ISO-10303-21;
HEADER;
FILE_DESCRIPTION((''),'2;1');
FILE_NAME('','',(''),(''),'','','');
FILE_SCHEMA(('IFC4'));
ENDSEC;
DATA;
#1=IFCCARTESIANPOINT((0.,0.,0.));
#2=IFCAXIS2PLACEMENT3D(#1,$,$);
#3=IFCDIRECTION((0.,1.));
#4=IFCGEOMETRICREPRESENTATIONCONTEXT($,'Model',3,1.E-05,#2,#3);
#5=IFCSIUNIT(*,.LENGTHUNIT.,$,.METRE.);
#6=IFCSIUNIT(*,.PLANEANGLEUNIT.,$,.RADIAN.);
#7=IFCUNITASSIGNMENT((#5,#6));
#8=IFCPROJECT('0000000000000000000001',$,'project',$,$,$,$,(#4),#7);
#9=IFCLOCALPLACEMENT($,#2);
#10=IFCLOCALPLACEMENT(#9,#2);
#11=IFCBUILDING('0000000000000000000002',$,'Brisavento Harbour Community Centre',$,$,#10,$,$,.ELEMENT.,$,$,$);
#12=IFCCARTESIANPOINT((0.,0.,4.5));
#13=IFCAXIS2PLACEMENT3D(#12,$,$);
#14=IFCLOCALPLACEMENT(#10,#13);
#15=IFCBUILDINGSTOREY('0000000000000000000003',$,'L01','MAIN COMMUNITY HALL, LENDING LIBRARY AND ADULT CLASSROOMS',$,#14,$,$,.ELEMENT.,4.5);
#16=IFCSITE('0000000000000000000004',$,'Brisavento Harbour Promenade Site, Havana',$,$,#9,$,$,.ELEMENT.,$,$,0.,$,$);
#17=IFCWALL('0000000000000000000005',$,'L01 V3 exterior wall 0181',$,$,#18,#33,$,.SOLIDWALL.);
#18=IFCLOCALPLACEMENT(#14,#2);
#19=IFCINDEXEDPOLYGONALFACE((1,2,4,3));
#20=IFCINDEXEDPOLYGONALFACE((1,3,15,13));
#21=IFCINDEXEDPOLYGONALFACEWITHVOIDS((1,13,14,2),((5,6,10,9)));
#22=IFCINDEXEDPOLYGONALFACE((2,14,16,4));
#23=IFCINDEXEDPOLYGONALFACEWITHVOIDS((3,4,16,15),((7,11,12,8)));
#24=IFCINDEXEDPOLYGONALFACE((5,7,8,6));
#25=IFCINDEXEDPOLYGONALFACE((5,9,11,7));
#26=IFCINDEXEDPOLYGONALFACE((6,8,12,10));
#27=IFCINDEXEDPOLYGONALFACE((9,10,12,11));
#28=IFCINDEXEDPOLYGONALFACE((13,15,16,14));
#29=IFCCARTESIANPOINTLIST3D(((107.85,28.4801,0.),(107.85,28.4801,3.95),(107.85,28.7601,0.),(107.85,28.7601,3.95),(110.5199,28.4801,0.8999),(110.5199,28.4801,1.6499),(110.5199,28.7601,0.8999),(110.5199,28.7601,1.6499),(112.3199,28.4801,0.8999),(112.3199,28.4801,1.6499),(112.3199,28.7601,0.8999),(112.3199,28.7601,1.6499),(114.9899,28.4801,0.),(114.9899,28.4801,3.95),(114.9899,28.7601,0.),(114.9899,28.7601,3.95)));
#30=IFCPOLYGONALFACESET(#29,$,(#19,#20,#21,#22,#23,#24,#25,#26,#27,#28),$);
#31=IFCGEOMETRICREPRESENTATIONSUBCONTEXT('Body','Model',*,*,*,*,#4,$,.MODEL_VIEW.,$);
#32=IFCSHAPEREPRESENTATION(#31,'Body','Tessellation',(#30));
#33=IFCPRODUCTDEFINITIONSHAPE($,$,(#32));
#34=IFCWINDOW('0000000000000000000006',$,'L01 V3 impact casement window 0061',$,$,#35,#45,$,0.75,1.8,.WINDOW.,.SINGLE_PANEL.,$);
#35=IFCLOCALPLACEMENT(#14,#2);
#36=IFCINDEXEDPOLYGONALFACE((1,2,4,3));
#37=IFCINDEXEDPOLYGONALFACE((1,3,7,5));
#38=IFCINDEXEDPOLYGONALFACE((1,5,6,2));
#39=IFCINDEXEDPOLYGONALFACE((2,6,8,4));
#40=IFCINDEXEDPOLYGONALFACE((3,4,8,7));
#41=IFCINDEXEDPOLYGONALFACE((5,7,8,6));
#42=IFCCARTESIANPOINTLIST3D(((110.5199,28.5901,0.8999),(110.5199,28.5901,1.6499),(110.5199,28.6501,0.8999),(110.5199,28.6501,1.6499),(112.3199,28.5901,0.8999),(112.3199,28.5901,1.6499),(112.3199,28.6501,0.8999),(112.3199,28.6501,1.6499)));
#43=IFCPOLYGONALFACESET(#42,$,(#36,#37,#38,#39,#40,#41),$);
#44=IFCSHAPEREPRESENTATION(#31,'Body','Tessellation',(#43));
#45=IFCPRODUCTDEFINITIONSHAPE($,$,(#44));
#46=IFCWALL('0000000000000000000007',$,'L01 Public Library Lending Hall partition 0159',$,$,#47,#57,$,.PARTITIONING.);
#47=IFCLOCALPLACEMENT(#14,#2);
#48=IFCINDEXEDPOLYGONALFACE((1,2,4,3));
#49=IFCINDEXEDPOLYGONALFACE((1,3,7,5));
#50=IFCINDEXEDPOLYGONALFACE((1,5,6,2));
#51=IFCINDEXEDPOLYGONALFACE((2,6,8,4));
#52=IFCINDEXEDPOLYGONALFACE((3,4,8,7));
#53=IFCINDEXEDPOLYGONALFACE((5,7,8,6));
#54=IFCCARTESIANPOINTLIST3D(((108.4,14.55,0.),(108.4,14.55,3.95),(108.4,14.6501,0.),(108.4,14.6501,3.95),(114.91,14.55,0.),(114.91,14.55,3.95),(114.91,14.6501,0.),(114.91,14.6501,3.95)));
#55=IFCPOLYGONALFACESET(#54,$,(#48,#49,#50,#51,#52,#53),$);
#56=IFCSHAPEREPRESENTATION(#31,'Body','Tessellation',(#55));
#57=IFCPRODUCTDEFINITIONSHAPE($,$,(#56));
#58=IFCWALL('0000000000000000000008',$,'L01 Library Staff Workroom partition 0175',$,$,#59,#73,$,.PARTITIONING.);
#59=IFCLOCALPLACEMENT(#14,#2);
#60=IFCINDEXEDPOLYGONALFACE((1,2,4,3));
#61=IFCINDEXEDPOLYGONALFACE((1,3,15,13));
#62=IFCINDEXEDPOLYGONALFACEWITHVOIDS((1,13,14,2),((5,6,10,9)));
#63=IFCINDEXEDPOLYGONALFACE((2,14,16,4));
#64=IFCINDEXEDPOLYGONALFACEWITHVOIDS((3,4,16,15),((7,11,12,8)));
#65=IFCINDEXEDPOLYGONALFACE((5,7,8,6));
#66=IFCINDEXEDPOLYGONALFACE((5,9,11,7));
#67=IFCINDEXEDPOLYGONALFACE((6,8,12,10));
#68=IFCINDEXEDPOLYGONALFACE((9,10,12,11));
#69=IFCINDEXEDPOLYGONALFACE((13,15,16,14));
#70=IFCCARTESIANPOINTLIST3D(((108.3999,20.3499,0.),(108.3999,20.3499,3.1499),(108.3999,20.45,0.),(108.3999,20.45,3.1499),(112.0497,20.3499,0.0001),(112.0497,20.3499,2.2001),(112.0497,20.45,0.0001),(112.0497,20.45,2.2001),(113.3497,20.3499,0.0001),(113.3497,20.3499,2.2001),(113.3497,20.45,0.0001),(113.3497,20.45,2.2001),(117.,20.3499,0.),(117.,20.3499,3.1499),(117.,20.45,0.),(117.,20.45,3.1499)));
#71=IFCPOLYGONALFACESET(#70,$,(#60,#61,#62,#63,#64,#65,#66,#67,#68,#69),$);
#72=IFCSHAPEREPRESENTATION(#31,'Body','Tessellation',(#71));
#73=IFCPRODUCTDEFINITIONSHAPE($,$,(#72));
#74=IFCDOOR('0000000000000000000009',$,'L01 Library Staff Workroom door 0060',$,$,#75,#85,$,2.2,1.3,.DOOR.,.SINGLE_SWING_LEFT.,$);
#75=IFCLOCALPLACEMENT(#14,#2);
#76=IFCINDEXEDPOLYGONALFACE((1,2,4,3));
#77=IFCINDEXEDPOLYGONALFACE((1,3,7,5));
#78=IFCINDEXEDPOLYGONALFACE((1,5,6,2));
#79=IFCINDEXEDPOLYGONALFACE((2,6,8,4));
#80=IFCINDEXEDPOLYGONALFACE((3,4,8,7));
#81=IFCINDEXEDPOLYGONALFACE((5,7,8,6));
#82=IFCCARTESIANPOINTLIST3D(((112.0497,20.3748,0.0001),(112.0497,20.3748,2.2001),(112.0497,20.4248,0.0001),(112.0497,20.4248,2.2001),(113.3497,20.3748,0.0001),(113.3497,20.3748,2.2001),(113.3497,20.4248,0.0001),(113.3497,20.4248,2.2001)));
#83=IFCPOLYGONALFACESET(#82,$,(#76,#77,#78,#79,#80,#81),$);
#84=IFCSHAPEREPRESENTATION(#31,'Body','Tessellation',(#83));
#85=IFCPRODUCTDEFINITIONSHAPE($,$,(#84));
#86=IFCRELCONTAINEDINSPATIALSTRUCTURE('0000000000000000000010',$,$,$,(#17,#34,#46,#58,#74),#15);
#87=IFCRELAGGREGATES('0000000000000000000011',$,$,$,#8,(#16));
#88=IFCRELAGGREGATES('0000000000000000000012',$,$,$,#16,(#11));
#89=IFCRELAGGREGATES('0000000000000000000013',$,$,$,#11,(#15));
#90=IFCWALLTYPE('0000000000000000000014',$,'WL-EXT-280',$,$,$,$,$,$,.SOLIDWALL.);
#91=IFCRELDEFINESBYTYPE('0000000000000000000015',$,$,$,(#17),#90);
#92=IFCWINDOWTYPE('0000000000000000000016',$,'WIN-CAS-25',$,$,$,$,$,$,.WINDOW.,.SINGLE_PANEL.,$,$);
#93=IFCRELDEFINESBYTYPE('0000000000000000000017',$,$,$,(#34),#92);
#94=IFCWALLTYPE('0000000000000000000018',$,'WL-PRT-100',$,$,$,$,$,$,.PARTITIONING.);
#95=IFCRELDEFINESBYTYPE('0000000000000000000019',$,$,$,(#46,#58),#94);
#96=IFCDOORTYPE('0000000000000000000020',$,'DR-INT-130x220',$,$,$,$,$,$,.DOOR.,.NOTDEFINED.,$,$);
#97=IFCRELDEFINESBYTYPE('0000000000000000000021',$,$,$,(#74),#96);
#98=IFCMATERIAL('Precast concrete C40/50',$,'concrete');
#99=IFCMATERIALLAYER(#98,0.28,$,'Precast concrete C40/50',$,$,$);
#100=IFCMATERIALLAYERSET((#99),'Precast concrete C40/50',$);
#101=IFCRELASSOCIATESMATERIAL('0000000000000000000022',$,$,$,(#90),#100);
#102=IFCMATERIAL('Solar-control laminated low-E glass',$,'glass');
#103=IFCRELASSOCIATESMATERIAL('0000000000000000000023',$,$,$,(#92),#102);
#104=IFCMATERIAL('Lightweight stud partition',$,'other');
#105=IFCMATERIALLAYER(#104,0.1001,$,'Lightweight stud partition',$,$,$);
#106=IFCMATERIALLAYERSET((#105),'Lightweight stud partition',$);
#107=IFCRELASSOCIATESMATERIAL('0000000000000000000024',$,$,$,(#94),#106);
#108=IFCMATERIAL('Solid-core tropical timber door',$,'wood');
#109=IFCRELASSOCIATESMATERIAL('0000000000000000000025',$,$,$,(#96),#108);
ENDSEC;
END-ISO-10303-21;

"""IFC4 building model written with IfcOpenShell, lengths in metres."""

from ifc_helpers import new_model, si_unit, direction, frame, frame_2d, origin, place, context, subcontext, project, spatial, rectangle, extrude, material, layer, layer_set, type_object, element, fill, save


model = new_model("IFC4")

# Units and contexts
model_context = context("Model", 3, precision=1e-05, world=origin(), true_north=direction((0.0, 1.0)))
body_context = subcontext(model_context, "Body", "Model", "MODEL_VIEW")
ifc_project = project(units=[si_unit("LENGTHUNIT", "METRE"), si_unit("PLANEANGLEUNIT", "RADIAN")], contexts=[model_context])

# Site, building, storey
site_placement = place(None, origin())
site = spatial("IfcSite", under=ifc_project, at=site_placement, Name="Brisavento Harbour Promenade Site, Havana", CompositionType="ELEMENT", RefElevation=0.0)
building_placement = place(site_placement, origin())
building = spatial("IfcBuilding", under=site, at=building_placement, Name="Brisavento Harbour Community Centre", CompositionType="ELEMENT")
storey_placement = place(building_placement, frame((0.0, 0.0, 4.5)))
storey = spatial("IfcBuildingStorey", under=building, at=storey_placement, Name="L01", Description="MAIN COMMUNITY HALL, LENDING LIBRARY AND ADULT CLASSROOMS", CompositionType="ELEMENT", Elevation=4.5)

# Shared definitions
ifc_material_1 = material(Name="Solar-control laminated low-E glass", Category="glass")

# Wall, opening, window
ifc_material_2 = material(Name="Precast concrete C40/50", Category="concrete")
ifc_layer_1 = layer(ifc_material_2, 0.28, Name="Precast concrete C40/50")
ifc_layer_set_1 = layer_set([ifc_layer_1], Name="Precast concrete C40/50")
wall_type_1 = type_object("IfcWallType", Name="WL-EXT-280", PredefinedType="SOLIDWALL", material=ifc_layer_set_1)
wall_1_placement = place(storey_placement, frame((107.8501, 28.6201, 0.0), z_axis=(0.0, 0.0, 1.0), x_axis=(1.0, 0.0, 0.0)))
wall_1 = element("IfcWall", 1, at=wall_1_placement, inside=storey, type_object=wall_type_1, Name="L01 V3 exterior wall 0181", PredefinedType="SOLIDWALL", context=body_context, shape_type="SweptSolid", body=[
    extrude(rectangle(XDim=7.1399, YDim=0.28, at=frame_2d((3.5698, 0.0))), origin(), (0.0, 0.0, 1.0), 3.95),
])
opening_1_placement = place(wall_1_placement, frame((2.6699, 0.0, 0.8999)))
opening_1 = element("IfcOpeningElement", 2, at=opening_1_placement, cuts=wall_1, PredefinedType="OPENING", context=body_context, shape_type="SweptSolid", body=[
    extrude(rectangle(XDim=1.8, YDim=0.75, at=frame_2d((0.8999, 0.375))), frame((0.0, 0.1499, 0.0), z_axis=(0.0, -1.0, 0.0), x_axis=(1.0, 0.0, 0.0)), (0.0, 0.0, 1.0), 0.3),
])
window_type_1 = type_object("IfcWindowType", Name="WIN-CAS-25", PartitioningType="SINGLE_PANEL", PredefinedType="WINDOW", material=ifc_material_1)
window_1_placement = place(opening_1_placement, origin())
window_1 = element("IfcWindow", 3, at=window_1_placement, inside=storey, type_object=window_type_1, Name="L01 V3 impact casement window 0061", OverallHeight=0.75, OverallWidth=1.8, PartitioningType="SINGLE_PANEL", PredefinedType="WINDOW", context=body_context, shape_type="SweptSolid", body=[
    extrude(rectangle(XDim=1.8, YDim=0.75, at=frame_2d((0.8999, 0.375))), frame((0.0, 0.03, 0.0), z_axis=(0.0, -1.0, 0.0), x_axis=(1.0, 0.0, 0.0)), (0.0, 0.0, 1.0), 0.0601),
])
fill(opening_1, window_1)

# Wall
ifc_material_3 = material(Name="Lightweight stud partition", Category="other")
ifc_layer_2 = layer(ifc_material_3, 0.1001, Name="Lightweight stud partition")
ifc_layer_set_2 = layer_set([ifc_layer_2], Name="Lightweight stud partition")
wall_type_2 = type_object("IfcWallType", Name="WL-PRT-100", PredefinedType="PARTITIONING", material=ifc_layer_set_2)
wall_2_placement = place(storey_placement, frame((114.9099, 14.6001, 0.0), z_axis=(0.0, 0.0, 1.0), x_axis=(-1.0, 0.0, 0.0)))
element("IfcWall", 4, at=wall_2_placement, inside=storey, type_object=wall_type_2, Name="L01 Public Library Lending Hall partition 0159", PredefinedType="PARTITIONING", context=body_context, shape_type="SweptSolid", body=[
    extrude(rectangle(XDim=6.51, YDim=0.1001, at=frame_2d((3.2549, 0.0))), origin(), (0.0, 0.0, 1.0), 3.95),
])

# Wall, opening, door
wall_3_placement = place(storey_placement, frame((108.3999, 20.3999, 0.0), z_axis=(0.0, 0.0, 1.0), x_axis=(1.0, 0.0, 0.0)))
wall_3 = element("IfcWall", 5, at=wall_3_placement, inside=storey, type_object=wall_type_2, Name="L01 Library Staff Workroom partition 0175", PredefinedType="PARTITIONING", context=body_context, shape_type="SweptSolid", body=[
    extrude(rectangle(XDim=8.6001, YDim=0.1001, at=frame_2d((4.3, 0.0))), origin(), (0.0, 0.0, 1.0), 3.1499),
])
opening_2_placement = place(wall_3_placement, frame((3.6499, 0.0, 0.0)))
opening_2 = element("IfcOpeningElement", 6, at=opening_2_placement, cuts=wall_3, PredefinedType="OPENING", context=body_context, shape_type="SweptSolid", body=[
    extrude(rectangle(XDim=1.3, YDim=2.2, at=frame_2d((0.6499, 1.1001))), frame((0.0, 0.0601, 0.0), z_axis=(0.0, -1.0, 0.0), x_axis=(1.0, 0.0, 0.0)), (0.0, 0.0, 1.0), 0.1201),
])
ifc_material_4 = material(Name="Solid-core tropical timber door", Category="wood")
door_type = type_object("IfcDoorType", Name="DR-INT-130x220", OperationType="NOTDEFINED", PredefinedType="DOOR", material=ifc_material_4)
door_placement = place(opening_2_placement, origin())
door = element("IfcDoor", 7, at=door_placement, inside=storey, type_object=door_type, Name="L01 Library Staff Workroom door 0060", OperationType="SINGLE_SWING_LEFT", OverallHeight=2.2, OverallWidth=1.3, PredefinedType="DOOR", context=body_context, shape_type="SweptSolid", body=[
    extrude(rectangle(XDim=1.3, YDim=2.2, at=frame_2d((0.6499, 1.1001))), frame((0.0, 0.0249, 0.0), z_axis=(0.0, -1.0, 0.0), x_axis=(1.0, 0.0, 0.0)), (0.0, 0.0, 1.0), 0.05),
])
fill(opening_2, door)

save(model, "model.ifc")
